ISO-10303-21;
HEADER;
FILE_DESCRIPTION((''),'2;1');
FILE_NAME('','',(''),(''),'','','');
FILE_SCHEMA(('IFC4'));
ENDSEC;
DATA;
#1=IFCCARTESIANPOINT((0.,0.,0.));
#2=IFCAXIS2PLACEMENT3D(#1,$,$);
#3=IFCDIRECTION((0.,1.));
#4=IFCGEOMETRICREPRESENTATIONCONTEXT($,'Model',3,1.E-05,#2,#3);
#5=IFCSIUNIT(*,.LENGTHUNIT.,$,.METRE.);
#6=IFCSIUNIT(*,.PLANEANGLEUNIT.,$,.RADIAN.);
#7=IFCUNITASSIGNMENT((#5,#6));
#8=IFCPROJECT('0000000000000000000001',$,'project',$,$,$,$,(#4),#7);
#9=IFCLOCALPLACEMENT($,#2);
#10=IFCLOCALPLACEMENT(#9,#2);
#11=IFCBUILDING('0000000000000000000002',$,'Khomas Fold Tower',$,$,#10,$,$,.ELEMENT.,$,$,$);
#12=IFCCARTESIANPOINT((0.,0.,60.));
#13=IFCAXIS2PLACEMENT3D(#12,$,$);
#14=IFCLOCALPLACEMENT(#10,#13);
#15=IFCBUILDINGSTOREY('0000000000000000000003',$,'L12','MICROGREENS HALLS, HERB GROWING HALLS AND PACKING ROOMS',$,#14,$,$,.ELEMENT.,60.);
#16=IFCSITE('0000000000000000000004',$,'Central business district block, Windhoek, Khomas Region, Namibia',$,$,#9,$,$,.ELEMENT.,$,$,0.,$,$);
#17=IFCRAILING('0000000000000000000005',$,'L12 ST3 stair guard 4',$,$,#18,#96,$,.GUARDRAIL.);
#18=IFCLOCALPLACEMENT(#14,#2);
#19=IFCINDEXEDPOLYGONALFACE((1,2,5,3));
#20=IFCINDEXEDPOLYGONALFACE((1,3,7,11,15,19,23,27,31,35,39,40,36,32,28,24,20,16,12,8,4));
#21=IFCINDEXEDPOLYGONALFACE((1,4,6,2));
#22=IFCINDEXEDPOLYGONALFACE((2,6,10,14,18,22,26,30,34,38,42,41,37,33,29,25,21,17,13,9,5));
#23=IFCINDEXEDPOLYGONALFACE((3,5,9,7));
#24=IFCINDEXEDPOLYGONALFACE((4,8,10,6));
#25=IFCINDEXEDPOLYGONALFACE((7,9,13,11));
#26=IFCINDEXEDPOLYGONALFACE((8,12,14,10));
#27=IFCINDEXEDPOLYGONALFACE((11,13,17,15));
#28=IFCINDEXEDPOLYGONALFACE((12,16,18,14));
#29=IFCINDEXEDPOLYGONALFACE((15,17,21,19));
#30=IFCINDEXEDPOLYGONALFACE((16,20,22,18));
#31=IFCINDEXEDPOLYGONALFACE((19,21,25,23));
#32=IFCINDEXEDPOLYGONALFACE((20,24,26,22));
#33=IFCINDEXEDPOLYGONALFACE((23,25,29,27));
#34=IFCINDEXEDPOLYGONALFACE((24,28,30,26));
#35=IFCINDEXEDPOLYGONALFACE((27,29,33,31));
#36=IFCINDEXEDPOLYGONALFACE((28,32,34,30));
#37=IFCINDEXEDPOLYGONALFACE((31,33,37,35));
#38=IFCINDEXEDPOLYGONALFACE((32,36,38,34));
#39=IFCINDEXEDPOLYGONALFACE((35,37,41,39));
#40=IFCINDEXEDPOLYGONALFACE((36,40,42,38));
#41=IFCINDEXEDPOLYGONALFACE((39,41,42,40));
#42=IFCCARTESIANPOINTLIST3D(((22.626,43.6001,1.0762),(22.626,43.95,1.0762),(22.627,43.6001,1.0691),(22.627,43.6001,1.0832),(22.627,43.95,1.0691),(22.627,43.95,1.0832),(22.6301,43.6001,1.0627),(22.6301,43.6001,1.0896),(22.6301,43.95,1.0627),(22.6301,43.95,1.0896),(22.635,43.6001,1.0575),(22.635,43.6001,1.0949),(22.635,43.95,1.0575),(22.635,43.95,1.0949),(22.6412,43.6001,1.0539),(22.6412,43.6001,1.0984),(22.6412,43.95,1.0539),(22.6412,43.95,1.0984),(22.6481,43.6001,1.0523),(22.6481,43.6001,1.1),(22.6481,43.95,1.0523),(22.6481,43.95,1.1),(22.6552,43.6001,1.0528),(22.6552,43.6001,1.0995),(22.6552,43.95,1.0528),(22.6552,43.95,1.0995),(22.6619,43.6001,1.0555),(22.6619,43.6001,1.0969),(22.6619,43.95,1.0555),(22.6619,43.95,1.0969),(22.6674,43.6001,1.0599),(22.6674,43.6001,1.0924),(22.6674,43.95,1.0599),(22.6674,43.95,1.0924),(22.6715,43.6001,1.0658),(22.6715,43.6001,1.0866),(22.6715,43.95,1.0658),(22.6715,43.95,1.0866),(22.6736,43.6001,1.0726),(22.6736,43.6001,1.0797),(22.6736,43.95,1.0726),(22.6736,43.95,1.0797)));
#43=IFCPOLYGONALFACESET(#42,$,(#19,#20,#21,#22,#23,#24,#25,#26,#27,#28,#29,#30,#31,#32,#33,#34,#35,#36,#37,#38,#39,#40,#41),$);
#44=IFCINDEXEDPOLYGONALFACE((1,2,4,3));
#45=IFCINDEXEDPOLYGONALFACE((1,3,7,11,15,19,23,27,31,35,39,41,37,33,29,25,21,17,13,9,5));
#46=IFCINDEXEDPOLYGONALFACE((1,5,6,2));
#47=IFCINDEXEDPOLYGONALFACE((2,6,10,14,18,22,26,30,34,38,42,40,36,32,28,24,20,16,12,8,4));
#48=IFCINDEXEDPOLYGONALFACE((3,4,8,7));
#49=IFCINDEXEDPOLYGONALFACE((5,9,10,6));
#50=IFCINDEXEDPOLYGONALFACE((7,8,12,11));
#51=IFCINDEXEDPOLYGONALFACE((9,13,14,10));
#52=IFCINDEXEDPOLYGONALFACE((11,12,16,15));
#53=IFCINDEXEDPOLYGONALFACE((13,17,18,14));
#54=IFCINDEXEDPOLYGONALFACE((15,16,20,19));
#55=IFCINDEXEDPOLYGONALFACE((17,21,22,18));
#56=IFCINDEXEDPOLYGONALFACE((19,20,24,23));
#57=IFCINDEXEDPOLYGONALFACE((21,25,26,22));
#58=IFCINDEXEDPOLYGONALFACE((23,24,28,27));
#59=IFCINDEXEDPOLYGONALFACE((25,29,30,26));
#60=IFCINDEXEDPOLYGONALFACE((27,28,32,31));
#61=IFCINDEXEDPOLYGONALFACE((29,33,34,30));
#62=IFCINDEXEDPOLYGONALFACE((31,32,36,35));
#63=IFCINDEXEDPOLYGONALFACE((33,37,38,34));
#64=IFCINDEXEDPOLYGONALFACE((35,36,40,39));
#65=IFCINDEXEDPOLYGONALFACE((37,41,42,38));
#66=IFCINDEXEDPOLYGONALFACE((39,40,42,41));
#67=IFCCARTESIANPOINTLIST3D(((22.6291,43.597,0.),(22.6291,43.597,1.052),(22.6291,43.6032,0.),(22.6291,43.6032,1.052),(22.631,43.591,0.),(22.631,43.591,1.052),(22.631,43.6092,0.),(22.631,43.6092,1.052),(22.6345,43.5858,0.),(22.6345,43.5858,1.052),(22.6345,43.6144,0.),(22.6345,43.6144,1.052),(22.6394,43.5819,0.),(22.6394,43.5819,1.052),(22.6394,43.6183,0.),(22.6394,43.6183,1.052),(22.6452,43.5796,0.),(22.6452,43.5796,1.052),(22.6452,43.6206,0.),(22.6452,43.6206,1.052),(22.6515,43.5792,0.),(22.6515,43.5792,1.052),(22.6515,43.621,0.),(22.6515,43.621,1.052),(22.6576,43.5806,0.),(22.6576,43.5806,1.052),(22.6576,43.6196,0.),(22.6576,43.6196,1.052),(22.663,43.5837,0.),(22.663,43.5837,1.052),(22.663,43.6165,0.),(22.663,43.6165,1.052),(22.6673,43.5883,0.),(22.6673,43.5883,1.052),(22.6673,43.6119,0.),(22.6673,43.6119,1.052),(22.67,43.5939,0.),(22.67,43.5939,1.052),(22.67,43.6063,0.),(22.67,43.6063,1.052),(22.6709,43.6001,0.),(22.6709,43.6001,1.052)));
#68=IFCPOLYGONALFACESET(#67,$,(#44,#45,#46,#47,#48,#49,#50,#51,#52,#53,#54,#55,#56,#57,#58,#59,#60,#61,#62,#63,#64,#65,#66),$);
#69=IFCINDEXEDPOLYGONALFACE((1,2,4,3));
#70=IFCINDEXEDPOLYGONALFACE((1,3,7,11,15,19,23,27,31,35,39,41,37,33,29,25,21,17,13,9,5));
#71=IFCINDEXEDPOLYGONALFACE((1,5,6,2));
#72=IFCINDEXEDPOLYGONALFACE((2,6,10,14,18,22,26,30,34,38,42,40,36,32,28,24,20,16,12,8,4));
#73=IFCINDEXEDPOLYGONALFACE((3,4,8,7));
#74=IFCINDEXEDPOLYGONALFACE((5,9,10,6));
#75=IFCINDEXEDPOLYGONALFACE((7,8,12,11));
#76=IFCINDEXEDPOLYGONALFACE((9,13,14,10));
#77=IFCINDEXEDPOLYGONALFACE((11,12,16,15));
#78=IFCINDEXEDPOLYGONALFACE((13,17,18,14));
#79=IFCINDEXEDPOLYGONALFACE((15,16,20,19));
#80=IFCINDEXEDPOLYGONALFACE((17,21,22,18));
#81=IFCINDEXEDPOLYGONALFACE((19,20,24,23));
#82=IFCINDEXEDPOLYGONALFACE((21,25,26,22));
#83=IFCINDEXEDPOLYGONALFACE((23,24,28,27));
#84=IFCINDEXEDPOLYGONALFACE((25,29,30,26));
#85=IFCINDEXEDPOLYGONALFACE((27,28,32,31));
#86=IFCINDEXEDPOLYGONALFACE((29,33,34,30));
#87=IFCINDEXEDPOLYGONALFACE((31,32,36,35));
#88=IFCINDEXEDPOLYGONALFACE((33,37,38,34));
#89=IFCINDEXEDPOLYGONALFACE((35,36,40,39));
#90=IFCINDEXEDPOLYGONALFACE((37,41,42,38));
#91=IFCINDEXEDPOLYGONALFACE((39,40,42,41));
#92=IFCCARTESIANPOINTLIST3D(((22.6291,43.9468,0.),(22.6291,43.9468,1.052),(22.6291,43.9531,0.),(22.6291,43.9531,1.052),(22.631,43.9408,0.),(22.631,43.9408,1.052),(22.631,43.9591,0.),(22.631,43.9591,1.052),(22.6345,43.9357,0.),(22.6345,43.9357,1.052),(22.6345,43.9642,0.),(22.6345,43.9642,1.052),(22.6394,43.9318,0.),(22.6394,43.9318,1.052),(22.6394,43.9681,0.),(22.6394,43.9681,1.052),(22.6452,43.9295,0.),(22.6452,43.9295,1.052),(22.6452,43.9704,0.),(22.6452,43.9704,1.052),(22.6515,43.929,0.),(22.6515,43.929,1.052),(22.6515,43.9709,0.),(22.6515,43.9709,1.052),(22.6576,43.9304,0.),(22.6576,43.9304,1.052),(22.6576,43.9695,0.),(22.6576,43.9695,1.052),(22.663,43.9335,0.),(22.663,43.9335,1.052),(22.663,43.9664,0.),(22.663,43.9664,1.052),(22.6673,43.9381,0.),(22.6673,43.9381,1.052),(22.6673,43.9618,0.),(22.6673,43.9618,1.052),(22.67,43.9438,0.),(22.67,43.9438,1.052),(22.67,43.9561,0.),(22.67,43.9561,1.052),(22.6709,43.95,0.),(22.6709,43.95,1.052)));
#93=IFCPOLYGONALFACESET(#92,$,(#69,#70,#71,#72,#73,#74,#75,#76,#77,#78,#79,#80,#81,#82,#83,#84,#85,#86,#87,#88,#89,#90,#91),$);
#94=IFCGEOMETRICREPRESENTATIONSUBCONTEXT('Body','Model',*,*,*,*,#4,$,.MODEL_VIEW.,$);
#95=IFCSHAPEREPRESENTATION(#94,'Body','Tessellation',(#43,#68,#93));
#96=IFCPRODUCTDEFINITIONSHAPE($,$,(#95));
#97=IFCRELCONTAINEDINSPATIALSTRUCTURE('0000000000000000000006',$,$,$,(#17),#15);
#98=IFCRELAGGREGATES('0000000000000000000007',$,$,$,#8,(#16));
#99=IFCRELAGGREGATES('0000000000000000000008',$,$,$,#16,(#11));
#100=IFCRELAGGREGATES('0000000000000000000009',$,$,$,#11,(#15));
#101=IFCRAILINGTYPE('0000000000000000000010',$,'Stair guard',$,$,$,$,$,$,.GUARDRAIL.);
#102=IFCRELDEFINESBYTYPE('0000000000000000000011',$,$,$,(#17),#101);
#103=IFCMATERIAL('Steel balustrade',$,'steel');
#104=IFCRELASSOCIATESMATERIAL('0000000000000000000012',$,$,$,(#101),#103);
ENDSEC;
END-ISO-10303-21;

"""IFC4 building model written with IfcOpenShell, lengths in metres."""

from ifc_helpers import new_model, si_unit, direction, frame, origin, origin_2d, place, context, subcontext, project, spatial, circle, extrude, source, transform, mapped, material, type_object, element, save


model = new_model("IFC4")

# Units and contexts
model_context = context("Model", 3, precision=1e-05, world=origin(), true_north=direction((0.0, 1.0)))
body_context = subcontext(model_context, "Body", "Model", "MODEL_VIEW")
ifc_project = project(units=[si_unit("LENGTHUNIT", "METRE"), si_unit("PLANEANGLEUNIT", "RADIAN")], contexts=[model_context])

# Site, building, storey
site_placement = place(None, origin())
site = spatial("IfcSite", under=ifc_project, at=site_placement, Name="Central business district block, Windhoek, Khomas Region, Namibia", CompositionType="ELEMENT", RefElevation=0.0)
building_placement = place(site_placement, origin())
building = spatial("IfcBuilding", under=site, at=building_placement, Name="Khomas Fold Tower", CompositionType="ELEMENT")
storey_placement = place(building_placement, frame((0.0, 0.0, 60.0)))
storey = spatial("IfcBuildingStorey", under=building, at=storey_placement, Name="L12", Description="MICROGREENS HALLS, HERB GROWING HALLS AND PACKING ROOMS", CompositionType="ELEMENT", Elevation=60.0)

# Railing
ifc_material_1 = material(Name="Steel balustrade", Category="steel")
railing_type_1 = type_object("IfcRailingType", Name="Stair guard", PredefinedType="GUARDRAIL", material=ifc_material_1)
shared_shape_1 = source(origin(), body_context, "Body", "SweptSolid", [
    extrude(circle(Radius=0.0239, at=origin_2d()), frame((0.0, 0.0, 1.0762), z_axis=(0.0, 1.0, 0.0), x_axis=(-1.0, 0.0, 0.0)), (0.0, 0.0, 1.0), 0.3499),
    extrude(circle(Radius=0.021, at=origin_2d()), origin(), (0.0, 0.0, 1.0), 1.052),
    extrude(circle(Radius=0.021, at=origin_2d()), frame((0.0, 0.3499, 0.0)), (0.0, 0.0, 1.0), 1.052),
])
for number, where, name in (
    (1, (22.6499, 43.6001, 0.0), "L12 ST3 stair guard 4"),
):
    element("IfcRailing", number, at=place(storey_placement, frame(where)), inside=storey, type_object=railing_type_1, Name=name, PredefinedType="GUARDRAIL", context=body_context, shape_type="MappedRepresentation", body=[
        mapped(shared_shape_1, transform((0.0, 0.0, 0.0))),
    ])

save(model, "model.ifc")
